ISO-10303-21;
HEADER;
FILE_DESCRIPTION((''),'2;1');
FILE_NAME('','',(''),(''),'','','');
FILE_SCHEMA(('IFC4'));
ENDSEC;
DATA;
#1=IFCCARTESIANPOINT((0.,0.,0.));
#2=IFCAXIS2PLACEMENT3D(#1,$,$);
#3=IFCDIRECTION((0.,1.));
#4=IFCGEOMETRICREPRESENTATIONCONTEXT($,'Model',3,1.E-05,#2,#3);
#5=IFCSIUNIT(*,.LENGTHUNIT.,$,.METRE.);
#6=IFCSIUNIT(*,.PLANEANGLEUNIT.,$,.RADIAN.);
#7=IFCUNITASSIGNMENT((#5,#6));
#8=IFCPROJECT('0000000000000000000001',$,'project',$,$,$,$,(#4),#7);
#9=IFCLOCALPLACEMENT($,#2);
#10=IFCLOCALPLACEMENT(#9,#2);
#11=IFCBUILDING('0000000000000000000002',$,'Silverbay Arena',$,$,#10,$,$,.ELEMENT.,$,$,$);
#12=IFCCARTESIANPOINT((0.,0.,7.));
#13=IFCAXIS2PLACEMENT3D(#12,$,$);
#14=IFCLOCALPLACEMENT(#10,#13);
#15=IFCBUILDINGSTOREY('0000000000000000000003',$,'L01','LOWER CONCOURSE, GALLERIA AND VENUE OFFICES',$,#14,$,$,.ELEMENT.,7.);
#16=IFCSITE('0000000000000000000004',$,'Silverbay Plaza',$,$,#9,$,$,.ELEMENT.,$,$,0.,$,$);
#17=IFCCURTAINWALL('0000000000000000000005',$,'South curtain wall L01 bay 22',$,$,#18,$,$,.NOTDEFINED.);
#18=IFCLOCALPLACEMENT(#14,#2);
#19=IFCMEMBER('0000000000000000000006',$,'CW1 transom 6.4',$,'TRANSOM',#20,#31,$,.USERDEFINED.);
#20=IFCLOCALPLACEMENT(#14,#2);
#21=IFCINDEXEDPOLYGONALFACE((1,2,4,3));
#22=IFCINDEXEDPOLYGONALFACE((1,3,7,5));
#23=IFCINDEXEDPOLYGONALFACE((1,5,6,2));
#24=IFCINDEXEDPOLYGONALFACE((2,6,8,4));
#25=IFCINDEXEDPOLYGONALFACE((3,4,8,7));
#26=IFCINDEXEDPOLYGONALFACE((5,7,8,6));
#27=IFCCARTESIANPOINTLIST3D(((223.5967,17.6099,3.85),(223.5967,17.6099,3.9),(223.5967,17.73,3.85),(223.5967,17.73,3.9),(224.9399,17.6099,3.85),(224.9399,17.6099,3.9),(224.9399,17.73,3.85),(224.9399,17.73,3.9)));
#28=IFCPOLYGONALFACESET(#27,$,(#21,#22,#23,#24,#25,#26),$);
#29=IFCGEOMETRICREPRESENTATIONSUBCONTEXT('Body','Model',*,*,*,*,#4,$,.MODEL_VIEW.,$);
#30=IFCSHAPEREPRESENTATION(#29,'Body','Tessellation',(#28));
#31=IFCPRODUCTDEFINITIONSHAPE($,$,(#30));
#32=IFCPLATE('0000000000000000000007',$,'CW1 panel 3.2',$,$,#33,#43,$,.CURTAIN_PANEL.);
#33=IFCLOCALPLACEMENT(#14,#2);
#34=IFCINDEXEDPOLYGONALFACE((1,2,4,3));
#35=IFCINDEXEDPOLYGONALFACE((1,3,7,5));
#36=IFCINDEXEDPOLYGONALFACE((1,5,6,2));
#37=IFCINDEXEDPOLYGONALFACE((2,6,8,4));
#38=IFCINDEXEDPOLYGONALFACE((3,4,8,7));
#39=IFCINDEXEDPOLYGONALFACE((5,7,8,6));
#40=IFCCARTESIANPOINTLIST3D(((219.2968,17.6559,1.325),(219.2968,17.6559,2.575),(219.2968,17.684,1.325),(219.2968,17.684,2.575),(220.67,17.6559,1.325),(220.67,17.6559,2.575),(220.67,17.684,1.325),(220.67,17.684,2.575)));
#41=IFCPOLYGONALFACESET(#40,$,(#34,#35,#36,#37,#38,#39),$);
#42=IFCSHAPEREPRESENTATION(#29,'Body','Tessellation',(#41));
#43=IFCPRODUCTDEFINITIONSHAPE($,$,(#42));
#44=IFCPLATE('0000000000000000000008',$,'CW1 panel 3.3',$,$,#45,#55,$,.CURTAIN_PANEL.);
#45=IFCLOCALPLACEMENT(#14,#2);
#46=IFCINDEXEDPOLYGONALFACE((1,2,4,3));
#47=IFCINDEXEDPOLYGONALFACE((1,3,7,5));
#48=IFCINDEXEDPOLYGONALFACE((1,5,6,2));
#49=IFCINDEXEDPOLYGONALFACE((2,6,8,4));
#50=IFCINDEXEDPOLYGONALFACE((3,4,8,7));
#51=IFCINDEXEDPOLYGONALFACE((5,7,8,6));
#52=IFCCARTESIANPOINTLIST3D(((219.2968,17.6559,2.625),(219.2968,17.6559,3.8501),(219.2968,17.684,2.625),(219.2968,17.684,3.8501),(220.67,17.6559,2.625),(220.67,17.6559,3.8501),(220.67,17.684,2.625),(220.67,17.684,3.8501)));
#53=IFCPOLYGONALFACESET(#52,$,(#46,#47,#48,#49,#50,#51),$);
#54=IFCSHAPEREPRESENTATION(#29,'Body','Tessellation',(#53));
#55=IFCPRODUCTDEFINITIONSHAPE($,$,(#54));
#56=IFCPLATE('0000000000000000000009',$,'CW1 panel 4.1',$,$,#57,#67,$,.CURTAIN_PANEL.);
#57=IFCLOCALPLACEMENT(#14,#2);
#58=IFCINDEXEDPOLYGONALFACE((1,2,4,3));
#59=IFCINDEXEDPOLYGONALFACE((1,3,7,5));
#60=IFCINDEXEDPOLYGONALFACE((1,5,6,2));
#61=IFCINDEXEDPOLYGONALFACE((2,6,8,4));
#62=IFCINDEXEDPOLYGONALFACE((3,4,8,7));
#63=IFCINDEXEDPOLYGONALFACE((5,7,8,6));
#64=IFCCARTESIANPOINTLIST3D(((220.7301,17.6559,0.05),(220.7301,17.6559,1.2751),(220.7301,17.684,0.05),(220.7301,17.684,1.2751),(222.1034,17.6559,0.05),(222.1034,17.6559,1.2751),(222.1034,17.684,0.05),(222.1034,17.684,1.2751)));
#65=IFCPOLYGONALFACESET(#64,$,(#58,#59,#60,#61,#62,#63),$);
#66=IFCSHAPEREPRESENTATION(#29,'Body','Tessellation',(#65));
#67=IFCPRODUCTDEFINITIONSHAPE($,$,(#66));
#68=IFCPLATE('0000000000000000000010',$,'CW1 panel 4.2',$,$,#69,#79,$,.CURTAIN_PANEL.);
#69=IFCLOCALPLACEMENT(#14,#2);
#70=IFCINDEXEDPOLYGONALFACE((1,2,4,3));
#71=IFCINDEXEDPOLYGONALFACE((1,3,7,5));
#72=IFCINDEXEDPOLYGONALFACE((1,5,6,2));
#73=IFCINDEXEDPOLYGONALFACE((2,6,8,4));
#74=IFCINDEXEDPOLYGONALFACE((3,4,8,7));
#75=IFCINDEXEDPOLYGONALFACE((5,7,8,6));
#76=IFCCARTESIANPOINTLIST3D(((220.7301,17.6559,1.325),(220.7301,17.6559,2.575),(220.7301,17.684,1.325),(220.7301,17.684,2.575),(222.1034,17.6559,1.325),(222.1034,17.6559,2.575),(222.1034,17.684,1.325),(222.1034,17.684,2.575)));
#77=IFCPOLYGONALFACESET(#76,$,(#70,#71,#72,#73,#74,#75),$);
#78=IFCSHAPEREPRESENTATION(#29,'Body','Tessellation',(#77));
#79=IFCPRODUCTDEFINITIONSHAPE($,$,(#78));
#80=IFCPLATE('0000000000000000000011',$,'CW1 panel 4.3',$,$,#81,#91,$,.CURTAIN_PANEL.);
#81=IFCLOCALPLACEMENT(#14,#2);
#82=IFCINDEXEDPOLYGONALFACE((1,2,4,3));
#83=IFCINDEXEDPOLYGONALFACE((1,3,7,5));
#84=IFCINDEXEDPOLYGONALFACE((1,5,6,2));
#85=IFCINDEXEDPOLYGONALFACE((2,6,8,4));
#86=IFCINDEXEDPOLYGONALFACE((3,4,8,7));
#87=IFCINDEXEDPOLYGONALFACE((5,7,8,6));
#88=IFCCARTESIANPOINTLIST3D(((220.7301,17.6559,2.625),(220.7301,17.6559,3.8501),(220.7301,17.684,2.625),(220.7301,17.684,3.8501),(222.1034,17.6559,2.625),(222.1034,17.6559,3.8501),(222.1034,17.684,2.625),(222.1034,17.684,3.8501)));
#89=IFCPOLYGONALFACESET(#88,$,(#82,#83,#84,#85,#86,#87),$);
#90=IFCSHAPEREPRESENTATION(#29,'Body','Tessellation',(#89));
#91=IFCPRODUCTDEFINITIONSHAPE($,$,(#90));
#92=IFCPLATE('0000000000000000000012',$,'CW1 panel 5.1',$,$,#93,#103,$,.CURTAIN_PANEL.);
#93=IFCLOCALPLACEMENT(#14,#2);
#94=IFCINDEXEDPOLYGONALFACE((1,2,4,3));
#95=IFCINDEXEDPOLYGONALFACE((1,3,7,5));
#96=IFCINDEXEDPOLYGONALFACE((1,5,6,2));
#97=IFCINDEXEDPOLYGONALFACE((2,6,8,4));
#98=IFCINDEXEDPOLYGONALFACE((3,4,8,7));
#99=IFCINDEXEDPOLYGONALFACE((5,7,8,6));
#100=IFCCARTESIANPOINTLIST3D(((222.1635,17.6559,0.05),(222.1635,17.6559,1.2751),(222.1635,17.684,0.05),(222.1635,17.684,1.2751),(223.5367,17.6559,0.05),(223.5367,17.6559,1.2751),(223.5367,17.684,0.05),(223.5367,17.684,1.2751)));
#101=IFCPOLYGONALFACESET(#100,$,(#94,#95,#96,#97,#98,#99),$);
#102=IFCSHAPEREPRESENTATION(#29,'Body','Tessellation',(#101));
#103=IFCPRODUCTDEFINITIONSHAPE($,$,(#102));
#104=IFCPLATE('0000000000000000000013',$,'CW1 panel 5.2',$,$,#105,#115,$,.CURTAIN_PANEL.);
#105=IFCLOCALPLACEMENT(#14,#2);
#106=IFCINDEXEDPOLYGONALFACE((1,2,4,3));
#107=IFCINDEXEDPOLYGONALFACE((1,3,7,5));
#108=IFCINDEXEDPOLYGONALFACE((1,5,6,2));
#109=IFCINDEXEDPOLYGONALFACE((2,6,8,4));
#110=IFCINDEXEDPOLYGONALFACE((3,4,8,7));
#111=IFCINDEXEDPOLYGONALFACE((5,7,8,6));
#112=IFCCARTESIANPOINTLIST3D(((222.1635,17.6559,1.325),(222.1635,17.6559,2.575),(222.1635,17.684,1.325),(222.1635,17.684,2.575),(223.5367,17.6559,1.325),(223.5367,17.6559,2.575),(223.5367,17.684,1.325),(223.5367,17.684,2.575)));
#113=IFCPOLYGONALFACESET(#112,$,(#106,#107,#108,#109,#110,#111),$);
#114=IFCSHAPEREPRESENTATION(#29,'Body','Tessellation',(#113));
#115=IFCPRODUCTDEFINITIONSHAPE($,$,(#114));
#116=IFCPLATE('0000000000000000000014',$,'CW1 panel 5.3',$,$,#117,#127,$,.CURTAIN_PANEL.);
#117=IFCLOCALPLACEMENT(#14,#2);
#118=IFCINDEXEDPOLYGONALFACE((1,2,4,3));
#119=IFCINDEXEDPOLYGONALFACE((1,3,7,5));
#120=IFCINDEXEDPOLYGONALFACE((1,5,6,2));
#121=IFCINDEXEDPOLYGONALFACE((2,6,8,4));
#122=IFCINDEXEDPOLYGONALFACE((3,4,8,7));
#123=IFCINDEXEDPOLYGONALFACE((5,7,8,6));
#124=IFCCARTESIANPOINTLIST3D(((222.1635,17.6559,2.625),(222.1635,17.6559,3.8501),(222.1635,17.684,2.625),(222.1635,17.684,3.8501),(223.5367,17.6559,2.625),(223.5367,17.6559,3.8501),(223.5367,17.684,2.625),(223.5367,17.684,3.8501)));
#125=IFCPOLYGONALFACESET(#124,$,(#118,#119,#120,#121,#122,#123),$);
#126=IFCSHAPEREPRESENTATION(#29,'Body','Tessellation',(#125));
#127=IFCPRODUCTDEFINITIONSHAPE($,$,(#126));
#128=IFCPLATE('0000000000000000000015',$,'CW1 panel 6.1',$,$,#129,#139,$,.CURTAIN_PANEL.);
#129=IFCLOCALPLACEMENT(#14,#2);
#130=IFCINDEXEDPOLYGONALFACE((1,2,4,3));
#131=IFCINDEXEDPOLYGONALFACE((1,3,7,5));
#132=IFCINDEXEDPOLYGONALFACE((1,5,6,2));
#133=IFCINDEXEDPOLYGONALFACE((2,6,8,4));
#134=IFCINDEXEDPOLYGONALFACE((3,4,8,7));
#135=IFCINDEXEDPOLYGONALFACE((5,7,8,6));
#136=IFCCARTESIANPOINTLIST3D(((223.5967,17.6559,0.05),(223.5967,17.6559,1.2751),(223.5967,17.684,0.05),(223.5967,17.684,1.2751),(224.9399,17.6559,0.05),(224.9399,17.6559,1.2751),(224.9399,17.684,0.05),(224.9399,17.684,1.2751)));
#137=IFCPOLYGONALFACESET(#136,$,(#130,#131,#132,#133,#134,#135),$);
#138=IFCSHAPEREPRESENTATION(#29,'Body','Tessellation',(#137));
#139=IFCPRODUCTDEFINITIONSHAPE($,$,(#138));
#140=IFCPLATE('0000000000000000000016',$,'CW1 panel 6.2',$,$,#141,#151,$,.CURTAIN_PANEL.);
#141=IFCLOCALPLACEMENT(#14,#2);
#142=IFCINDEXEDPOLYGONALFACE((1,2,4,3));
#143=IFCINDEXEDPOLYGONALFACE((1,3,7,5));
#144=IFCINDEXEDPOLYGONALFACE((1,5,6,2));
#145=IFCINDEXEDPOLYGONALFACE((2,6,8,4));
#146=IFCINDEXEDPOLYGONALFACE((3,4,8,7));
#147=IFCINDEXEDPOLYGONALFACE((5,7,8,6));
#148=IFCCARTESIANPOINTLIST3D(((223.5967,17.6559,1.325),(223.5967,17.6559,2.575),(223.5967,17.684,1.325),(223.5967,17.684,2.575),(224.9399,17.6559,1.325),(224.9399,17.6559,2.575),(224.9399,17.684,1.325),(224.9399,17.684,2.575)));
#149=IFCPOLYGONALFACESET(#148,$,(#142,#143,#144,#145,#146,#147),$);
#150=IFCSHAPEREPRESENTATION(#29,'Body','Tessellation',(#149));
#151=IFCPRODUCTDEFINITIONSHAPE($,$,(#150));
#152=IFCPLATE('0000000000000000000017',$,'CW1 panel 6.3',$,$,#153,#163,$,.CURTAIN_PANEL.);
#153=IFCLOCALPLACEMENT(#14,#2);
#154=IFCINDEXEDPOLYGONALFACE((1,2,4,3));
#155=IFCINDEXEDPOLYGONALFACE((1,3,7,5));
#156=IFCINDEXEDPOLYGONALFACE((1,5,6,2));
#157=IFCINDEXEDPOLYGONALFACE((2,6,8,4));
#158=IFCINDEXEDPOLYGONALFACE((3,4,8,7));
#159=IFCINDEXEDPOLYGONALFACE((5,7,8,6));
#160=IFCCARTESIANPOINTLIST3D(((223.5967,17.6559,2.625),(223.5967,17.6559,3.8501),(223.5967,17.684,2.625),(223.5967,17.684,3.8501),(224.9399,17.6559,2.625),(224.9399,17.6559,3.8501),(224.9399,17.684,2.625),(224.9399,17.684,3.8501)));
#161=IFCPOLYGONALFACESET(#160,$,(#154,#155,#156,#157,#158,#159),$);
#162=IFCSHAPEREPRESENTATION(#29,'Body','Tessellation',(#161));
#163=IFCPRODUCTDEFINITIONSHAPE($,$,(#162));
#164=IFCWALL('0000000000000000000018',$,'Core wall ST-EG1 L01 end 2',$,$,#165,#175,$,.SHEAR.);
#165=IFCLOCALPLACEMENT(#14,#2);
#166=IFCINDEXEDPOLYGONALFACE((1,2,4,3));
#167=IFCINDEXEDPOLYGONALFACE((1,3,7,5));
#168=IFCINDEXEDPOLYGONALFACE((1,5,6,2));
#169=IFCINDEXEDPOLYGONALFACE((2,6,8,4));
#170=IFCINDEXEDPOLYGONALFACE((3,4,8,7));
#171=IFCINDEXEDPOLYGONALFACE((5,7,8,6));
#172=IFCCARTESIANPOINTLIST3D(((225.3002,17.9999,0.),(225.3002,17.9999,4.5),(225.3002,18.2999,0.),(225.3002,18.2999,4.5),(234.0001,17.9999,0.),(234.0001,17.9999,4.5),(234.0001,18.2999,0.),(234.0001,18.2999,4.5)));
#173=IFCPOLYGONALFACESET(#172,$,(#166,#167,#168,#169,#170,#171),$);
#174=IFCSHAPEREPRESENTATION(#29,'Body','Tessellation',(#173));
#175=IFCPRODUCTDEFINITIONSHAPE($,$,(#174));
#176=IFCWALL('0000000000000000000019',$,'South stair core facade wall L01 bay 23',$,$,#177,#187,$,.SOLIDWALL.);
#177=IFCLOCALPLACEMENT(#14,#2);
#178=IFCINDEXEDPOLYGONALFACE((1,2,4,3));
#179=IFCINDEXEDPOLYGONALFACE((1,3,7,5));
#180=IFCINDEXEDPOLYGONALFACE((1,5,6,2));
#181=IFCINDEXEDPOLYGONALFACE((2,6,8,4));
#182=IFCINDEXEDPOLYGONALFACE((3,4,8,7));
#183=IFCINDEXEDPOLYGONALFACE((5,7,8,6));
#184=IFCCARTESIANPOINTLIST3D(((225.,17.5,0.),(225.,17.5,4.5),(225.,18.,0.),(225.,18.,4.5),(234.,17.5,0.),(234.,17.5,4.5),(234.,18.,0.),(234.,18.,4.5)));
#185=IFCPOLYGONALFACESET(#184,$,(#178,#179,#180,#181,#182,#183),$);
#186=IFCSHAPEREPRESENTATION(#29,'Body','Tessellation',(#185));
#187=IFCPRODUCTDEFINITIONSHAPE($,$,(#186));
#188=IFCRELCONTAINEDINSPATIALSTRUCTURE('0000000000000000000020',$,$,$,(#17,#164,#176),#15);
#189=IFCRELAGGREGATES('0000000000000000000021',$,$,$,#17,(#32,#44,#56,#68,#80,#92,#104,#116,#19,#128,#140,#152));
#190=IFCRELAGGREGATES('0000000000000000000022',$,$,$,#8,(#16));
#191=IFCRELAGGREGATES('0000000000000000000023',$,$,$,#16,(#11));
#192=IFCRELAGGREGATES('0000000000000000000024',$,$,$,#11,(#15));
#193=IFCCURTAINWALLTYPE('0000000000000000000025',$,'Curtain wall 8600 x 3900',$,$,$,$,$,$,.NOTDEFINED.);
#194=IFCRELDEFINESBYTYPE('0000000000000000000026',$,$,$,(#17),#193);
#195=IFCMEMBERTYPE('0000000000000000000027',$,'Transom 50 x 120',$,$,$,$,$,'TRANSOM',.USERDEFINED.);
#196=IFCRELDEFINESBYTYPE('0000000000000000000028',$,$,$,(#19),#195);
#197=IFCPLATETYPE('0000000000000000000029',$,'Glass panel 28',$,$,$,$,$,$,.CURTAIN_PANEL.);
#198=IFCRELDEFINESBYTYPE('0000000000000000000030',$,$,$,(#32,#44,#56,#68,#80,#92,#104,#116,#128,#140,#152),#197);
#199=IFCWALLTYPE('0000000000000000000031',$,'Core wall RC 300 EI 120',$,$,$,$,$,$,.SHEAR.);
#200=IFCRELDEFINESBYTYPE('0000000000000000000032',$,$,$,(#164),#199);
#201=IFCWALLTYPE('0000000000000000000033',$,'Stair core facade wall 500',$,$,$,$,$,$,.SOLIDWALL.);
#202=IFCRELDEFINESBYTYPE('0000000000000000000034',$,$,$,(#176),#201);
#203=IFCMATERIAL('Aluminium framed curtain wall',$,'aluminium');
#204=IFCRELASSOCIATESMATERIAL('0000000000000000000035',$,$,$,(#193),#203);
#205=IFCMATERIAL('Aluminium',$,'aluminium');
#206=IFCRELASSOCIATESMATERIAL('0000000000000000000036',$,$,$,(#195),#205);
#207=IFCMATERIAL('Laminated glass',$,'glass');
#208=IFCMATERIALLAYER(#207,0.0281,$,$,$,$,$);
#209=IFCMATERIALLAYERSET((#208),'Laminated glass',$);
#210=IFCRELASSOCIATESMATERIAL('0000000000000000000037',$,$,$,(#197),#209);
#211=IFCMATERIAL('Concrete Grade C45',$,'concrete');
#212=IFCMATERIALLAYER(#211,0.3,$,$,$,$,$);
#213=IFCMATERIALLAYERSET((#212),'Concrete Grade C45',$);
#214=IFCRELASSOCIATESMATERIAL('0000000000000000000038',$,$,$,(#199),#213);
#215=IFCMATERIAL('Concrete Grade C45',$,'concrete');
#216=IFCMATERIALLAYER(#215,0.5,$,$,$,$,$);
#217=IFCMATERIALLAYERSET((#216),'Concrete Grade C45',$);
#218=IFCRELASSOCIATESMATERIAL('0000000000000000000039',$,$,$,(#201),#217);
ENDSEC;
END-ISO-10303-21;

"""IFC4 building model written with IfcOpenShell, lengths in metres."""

from ifc_helpers import new_model, si_unit, direction, frame, frame_2d, origin, origin_2d, place, context, subcontext, project, spatial, rectangle, extrude, material, layer, layer_set, material_profile, profile_set, type_object, element, aggregate, save


model = new_model("IFC4")

# Units and contexts
model_context = context("Model", 3, precision=1e-05, world=origin(), true_north=direction((0.0, 1.0)))
body_context = subcontext(model_context, "Body", "Model", "MODEL_VIEW")
ifc_project = project(units=[si_unit("LENGTHUNIT", "METRE"), si_unit("PLANEANGLEUNIT", "RADIAN")], contexts=[model_context])

# Site, building, storey
site_placement = place(None, origin())
site = spatial("IfcSite", under=ifc_project, at=site_placement, Name="Silverbay Plaza", CompositionType="ELEMENT", RefElevation=0.0)
building_placement = place(site_placement, origin())
building = spatial("IfcBuilding", under=site, at=building_placement, Name="Silverbay Arena", CompositionType="ELEMENT")
storey_placement = place(building_placement, frame((0.0, 0.0, 7.0)))
storey = spatial("IfcBuildingStorey", under=building, at=storey_placement, Name="L01", Description="LOWER CONCOURSE, GALLERIA AND VENUE OFFICES", CompositionType="ELEMENT", Elevation=7.0)

# Curtain wall, member, plates
ifc_material_1 = material(Name="Aluminium framed curtain wall", Category="aluminium")
curtain_wall_type = type_object("IfcCurtainWallType", Name="Curtain wall 8600 x 3900", PredefinedType="NOTDEFINED", material=ifc_material_1)
curtain_wall_placement = place(storey_placement, origin())
curtain_wall = element("IfcCurtainWall", 1, at=curtain_wall_placement, inside=storey, type_object=curtain_wall_type, Name="South curtain wall L01 bay 22", PredefinedType="NOTDEFINED")
ifc_material_2 = material(Name="Aluminium", Category="aluminium")
ifc_material_profile_1 = material_profile(ifc_material_2, rectangle(XDim=0.1201, YDim=0.05, at=origin_2d()), Name="Transom 50 x 120")
ifc_profile_set_1 = profile_set([ifc_material_profile_1], Name="Aluminium")
member_type_1 = type_object("IfcMemberType", Name="Transom 50 x 120", ElementType="TRANSOM", PredefinedType="USERDEFINED", material=ifc_profile_set_1)
member_1_placement = place(storey_placement, frame((223.5967, 17.6699, 3.875), z_axis=(1.0, 0.0, 0.0), x_axis=(0.0, 1.0, 0.0)))
member_1 = element("IfcMember", 2, at=member_1_placement, type_object=member_type_1, Name="CW1 transom 6.4", ObjectType="TRANSOM", PredefinedType="USERDEFINED", context=body_context, shape_type="SweptSolid", body=[
    extrude(rectangle(XDim=0.1201, YDim=0.05, at=origin_2d()), origin(), (0.0, 0.0, 1.0), 1.3433),
])
ifc_material_3 = material(Name="Laminated glass", Category="glass")
ifc_layer_1 = layer(ifc_material_3, 0.0281)
ifc_layer_set_1 = layer_set([ifc_layer_1], Name="Laminated glass")
plate_type = type_object("IfcPlateType", Name="Glass panel 28", PredefinedType="CURTAIN_PANEL", material=ifc_layer_set_1)
plate_1_placement = place(storey_placement, frame((219.9834, 17.6699, 1.325), z_axis=(0.0, 0.0, 1.0), x_axis=(1.0, 0.0, 0.0)))
plate_1 = element("IfcPlate", 3, at=plate_1_placement, type_object=plate_type, Name="CW1 panel 3.2", PredefinedType="CURTAIN_PANEL", context=body_context, shape_type="SweptSolid", body=[
    extrude(rectangle(XDim=1.3733, YDim=0.0281, at=origin_2d()), origin(), (0.0, 0.0, 1.0), 1.25),
])
plate_2_placement = place(storey_placement, frame((219.9834, 17.6699, 2.625), z_axis=(0.0, 0.0, 1.0), x_axis=(1.0, 0.0, 0.0)))
plate_2 = element("IfcPlate", 4, at=plate_2_placement, type_object=plate_type, Name="CW1 panel 3.3", PredefinedType="CURTAIN_PANEL", context=body_context, shape_type="SweptSolid", body=[
    extrude(rectangle(XDim=1.3733, YDim=0.0281, at=origin_2d()), origin(), (0.0, 0.0, 1.0), 1.2251),
])
plate_3_placement = place(storey_placement, frame((221.4167, 17.6699, 0.05), z_axis=(0.0, 0.0, 1.0), x_axis=(1.0, 0.0, 0.0)))
plate_3 = element("IfcPlate", 5, at=plate_3_placement, type_object=plate_type, Name="CW1 panel 4.1", PredefinedType="CURTAIN_PANEL", context=body_context, shape_type="SweptSolid", body=[
    extrude(rectangle(XDim=1.3733, YDim=0.0281, at=origin_2d()), origin(), (0.0, 0.0, 1.0), 1.2251),
])
plate_4_placement = place(storey_placement, frame((221.4167, 17.6699, 1.325), z_axis=(0.0, 0.0, 1.0), x_axis=(1.0, 0.0, 0.0)))
plate_4 = element("IfcPlate", 6, at=plate_4_placement, type_object=plate_type, Name="CW1 panel 4.2", PredefinedType="CURTAIN_PANEL", context=body_context, shape_type="SweptSolid", body=[
    extrude(rectangle(XDim=1.3733, YDim=0.0281, at=origin_2d()), origin(), (0.0, 0.0, 1.0), 1.25),
])
plate_5_placement = place(storey_placement, frame((221.4167, 17.6699, 2.625), z_axis=(0.0, 0.0, 1.0), x_axis=(1.0, 0.0, 0.0)))
plate_5 = element("IfcPlate", 7, at=plate_5_placement, type_object=plate_type, Name="CW1 panel 4.3", PredefinedType="CURTAIN_PANEL", context=body_context, shape_type="SweptSolid", body=[
    extrude(rectangle(XDim=1.3733, YDim=0.0281, at=origin_2d()), origin(), (0.0, 0.0, 1.0), 1.2251),
])
plate_6_placement = place(storey_placement, frame((222.8501, 17.6699, 0.05), z_axis=(0.0, 0.0, 1.0), x_axis=(1.0, 0.0, 0.0)))
plate_6 = element("IfcPlate", 8, at=plate_6_placement, type_object=plate_type, Name="CW1 panel 5.1", PredefinedType="CURTAIN_PANEL", context=body_context, shape_type="SweptSolid", body=[
    extrude(rectangle(XDim=1.3733, YDim=0.0281, at=origin_2d()), origin(), (0.0, 0.0, 1.0), 1.2251),
])
plate_7_placement = place(storey_placement, frame((222.8501, 17.6699, 1.325), z_axis=(0.0, 0.0, 1.0), x_axis=(1.0, 0.0, 0.0)))
plate_7 = element("IfcPlate", 9, at=plate_7_placement, type_object=plate_type, Name="CW1 panel 5.2", PredefinedType="CURTAIN_PANEL", context=body_context, shape_type="SweptSolid", body=[
    extrude(rectangle(XDim=1.3733, YDim=0.0281, at=origin_2d()), origin(), (0.0, 0.0, 1.0), 1.25),
])
plate_8_placement = place(storey_placement, frame((222.8501, 17.6699, 2.625), z_axis=(0.0, 0.0, 1.0), x_axis=(1.0, 0.0, 0.0)))
plate_8 = element("IfcPlate", 10, at=plate_8_placement, type_object=plate_type, Name="CW1 panel 5.3", PredefinedType="CURTAIN_PANEL", context=body_context, shape_type="SweptSolid", body=[
    extrude(rectangle(XDim=1.3733, YDim=0.0281, at=origin_2d()), origin(), (0.0, 0.0, 1.0), 1.2251),
])
plate_9_placement = place(storey_placement, frame((224.2683, 17.6699, 0.05), z_axis=(0.0, 0.0, 1.0), x_axis=(1.0, 0.0, 0.0)))
plate_9 = element("IfcPlate", 11, at=plate_9_placement, type_object=plate_type, Name="CW1 panel 6.1", PredefinedType="CURTAIN_PANEL", context=body_context, shape_type="SweptSolid", body=[
    extrude(rectangle(XDim=1.3433, YDim=0.0281, at=origin_2d()), origin(), (0.0, 0.0, 1.0), 1.2251),
])
plate_10_placement = place(storey_placement, frame((224.2683, 17.6699, 1.325), z_axis=(0.0, 0.0, 1.0), x_axis=(1.0, 0.0, 0.0)))
plate_10 = element("IfcPlate", 12, at=plate_10_placement, type_object=plate_type, Name="CW1 panel 6.2", PredefinedType="CURTAIN_PANEL", context=body_context, shape_type="SweptSolid", body=[
    extrude(rectangle(XDim=1.3433, YDim=0.0281, at=origin_2d()), origin(), (0.0, 0.0, 1.0), 1.25),
])
plate_11_placement = place(storey_placement, frame((224.2683, 17.6699, 2.625), z_axis=(0.0, 0.0, 1.0), x_axis=(1.0, 0.0, 0.0)))
plate_11 = element("IfcPlate", 13, at=plate_11_placement, type_object=plate_type, Name="CW1 panel 6.3", PredefinedType="CURTAIN_PANEL", context=body_context, shape_type="SweptSolid", body=[
    extrude(rectangle(XDim=1.3433, YDim=0.0281, at=origin_2d()), origin(), (0.0, 0.0, 1.0), 1.2251),
])
aggregate(curtain_wall, [plate_1, plate_2, plate_3, plate_4, plate_5, plate_6, plate_7, plate_8, member_1, plate_9, plate_10, plate_11])

# Walls
ifc_material_4 = material(Name="Concrete Grade C45", Category="concrete")
ifc_layer_2 = layer(ifc_material_4, 0.3)
ifc_layer_set_2 = layer_set([ifc_layer_2], Name="Concrete Grade C45")
wall_type_1 = type_object("IfcWallType", Name="Core wall RC 300 EI 120", PredefinedType="SHEAR", material=ifc_layer_set_2)
wall_1_placement = place(storey_placement, frame((225.3, 18.1499, 0.0), z_axis=(0.0, 0.0, 1.0), x_axis=(1.0, 0.0, 0.0)))
element("IfcWall", 14, at=wall_1_placement, inside=storey, type_object=wall_type_1, Name="Core wall ST-EG1 L01 end 2", PredefinedType="SHEAR", context=body_context, shape_type="SweptSolid", body=[
    extrude(rectangle(XDim=8.7, YDim=0.3, at=frame_2d((4.3501, 0.0))), origin(), (0.0, 0.0, 1.0), 4.5),
])
ifc_material_5 = material(Name="Concrete Grade C45", Category="concrete")
ifc_layer_3 = layer(ifc_material_5, 0.5)
ifc_layer_set_3 = layer_set([ifc_layer_3], Name="Concrete Grade C45")
wall_type_2 = type_object("IfcWallType", Name="Stair core facade wall 500", PredefinedType="SOLIDWALL", material=ifc_layer_set_3)
wall_2_placement = place(storey_placement, frame((225.0, 17.75, 0.0), z_axis=(0.0, 0.0, 1.0), x_axis=(1.0, 0.0, 0.0)))
element("IfcWall", 15, at=wall_2_placement, inside=storey, type_object=wall_type_2, Name="South stair core facade wall L01 bay 23", PredefinedType="SOLIDWALL", context=body_context, shape_type="SweptSolid", body=[
    extrude(rectangle(XDim=9.0, YDim=0.5, at=frame_2d((4.5, 0.0))), origin(), (0.0, 0.0, 1.0), 4.5),
])

save(model, "model.ifc")
